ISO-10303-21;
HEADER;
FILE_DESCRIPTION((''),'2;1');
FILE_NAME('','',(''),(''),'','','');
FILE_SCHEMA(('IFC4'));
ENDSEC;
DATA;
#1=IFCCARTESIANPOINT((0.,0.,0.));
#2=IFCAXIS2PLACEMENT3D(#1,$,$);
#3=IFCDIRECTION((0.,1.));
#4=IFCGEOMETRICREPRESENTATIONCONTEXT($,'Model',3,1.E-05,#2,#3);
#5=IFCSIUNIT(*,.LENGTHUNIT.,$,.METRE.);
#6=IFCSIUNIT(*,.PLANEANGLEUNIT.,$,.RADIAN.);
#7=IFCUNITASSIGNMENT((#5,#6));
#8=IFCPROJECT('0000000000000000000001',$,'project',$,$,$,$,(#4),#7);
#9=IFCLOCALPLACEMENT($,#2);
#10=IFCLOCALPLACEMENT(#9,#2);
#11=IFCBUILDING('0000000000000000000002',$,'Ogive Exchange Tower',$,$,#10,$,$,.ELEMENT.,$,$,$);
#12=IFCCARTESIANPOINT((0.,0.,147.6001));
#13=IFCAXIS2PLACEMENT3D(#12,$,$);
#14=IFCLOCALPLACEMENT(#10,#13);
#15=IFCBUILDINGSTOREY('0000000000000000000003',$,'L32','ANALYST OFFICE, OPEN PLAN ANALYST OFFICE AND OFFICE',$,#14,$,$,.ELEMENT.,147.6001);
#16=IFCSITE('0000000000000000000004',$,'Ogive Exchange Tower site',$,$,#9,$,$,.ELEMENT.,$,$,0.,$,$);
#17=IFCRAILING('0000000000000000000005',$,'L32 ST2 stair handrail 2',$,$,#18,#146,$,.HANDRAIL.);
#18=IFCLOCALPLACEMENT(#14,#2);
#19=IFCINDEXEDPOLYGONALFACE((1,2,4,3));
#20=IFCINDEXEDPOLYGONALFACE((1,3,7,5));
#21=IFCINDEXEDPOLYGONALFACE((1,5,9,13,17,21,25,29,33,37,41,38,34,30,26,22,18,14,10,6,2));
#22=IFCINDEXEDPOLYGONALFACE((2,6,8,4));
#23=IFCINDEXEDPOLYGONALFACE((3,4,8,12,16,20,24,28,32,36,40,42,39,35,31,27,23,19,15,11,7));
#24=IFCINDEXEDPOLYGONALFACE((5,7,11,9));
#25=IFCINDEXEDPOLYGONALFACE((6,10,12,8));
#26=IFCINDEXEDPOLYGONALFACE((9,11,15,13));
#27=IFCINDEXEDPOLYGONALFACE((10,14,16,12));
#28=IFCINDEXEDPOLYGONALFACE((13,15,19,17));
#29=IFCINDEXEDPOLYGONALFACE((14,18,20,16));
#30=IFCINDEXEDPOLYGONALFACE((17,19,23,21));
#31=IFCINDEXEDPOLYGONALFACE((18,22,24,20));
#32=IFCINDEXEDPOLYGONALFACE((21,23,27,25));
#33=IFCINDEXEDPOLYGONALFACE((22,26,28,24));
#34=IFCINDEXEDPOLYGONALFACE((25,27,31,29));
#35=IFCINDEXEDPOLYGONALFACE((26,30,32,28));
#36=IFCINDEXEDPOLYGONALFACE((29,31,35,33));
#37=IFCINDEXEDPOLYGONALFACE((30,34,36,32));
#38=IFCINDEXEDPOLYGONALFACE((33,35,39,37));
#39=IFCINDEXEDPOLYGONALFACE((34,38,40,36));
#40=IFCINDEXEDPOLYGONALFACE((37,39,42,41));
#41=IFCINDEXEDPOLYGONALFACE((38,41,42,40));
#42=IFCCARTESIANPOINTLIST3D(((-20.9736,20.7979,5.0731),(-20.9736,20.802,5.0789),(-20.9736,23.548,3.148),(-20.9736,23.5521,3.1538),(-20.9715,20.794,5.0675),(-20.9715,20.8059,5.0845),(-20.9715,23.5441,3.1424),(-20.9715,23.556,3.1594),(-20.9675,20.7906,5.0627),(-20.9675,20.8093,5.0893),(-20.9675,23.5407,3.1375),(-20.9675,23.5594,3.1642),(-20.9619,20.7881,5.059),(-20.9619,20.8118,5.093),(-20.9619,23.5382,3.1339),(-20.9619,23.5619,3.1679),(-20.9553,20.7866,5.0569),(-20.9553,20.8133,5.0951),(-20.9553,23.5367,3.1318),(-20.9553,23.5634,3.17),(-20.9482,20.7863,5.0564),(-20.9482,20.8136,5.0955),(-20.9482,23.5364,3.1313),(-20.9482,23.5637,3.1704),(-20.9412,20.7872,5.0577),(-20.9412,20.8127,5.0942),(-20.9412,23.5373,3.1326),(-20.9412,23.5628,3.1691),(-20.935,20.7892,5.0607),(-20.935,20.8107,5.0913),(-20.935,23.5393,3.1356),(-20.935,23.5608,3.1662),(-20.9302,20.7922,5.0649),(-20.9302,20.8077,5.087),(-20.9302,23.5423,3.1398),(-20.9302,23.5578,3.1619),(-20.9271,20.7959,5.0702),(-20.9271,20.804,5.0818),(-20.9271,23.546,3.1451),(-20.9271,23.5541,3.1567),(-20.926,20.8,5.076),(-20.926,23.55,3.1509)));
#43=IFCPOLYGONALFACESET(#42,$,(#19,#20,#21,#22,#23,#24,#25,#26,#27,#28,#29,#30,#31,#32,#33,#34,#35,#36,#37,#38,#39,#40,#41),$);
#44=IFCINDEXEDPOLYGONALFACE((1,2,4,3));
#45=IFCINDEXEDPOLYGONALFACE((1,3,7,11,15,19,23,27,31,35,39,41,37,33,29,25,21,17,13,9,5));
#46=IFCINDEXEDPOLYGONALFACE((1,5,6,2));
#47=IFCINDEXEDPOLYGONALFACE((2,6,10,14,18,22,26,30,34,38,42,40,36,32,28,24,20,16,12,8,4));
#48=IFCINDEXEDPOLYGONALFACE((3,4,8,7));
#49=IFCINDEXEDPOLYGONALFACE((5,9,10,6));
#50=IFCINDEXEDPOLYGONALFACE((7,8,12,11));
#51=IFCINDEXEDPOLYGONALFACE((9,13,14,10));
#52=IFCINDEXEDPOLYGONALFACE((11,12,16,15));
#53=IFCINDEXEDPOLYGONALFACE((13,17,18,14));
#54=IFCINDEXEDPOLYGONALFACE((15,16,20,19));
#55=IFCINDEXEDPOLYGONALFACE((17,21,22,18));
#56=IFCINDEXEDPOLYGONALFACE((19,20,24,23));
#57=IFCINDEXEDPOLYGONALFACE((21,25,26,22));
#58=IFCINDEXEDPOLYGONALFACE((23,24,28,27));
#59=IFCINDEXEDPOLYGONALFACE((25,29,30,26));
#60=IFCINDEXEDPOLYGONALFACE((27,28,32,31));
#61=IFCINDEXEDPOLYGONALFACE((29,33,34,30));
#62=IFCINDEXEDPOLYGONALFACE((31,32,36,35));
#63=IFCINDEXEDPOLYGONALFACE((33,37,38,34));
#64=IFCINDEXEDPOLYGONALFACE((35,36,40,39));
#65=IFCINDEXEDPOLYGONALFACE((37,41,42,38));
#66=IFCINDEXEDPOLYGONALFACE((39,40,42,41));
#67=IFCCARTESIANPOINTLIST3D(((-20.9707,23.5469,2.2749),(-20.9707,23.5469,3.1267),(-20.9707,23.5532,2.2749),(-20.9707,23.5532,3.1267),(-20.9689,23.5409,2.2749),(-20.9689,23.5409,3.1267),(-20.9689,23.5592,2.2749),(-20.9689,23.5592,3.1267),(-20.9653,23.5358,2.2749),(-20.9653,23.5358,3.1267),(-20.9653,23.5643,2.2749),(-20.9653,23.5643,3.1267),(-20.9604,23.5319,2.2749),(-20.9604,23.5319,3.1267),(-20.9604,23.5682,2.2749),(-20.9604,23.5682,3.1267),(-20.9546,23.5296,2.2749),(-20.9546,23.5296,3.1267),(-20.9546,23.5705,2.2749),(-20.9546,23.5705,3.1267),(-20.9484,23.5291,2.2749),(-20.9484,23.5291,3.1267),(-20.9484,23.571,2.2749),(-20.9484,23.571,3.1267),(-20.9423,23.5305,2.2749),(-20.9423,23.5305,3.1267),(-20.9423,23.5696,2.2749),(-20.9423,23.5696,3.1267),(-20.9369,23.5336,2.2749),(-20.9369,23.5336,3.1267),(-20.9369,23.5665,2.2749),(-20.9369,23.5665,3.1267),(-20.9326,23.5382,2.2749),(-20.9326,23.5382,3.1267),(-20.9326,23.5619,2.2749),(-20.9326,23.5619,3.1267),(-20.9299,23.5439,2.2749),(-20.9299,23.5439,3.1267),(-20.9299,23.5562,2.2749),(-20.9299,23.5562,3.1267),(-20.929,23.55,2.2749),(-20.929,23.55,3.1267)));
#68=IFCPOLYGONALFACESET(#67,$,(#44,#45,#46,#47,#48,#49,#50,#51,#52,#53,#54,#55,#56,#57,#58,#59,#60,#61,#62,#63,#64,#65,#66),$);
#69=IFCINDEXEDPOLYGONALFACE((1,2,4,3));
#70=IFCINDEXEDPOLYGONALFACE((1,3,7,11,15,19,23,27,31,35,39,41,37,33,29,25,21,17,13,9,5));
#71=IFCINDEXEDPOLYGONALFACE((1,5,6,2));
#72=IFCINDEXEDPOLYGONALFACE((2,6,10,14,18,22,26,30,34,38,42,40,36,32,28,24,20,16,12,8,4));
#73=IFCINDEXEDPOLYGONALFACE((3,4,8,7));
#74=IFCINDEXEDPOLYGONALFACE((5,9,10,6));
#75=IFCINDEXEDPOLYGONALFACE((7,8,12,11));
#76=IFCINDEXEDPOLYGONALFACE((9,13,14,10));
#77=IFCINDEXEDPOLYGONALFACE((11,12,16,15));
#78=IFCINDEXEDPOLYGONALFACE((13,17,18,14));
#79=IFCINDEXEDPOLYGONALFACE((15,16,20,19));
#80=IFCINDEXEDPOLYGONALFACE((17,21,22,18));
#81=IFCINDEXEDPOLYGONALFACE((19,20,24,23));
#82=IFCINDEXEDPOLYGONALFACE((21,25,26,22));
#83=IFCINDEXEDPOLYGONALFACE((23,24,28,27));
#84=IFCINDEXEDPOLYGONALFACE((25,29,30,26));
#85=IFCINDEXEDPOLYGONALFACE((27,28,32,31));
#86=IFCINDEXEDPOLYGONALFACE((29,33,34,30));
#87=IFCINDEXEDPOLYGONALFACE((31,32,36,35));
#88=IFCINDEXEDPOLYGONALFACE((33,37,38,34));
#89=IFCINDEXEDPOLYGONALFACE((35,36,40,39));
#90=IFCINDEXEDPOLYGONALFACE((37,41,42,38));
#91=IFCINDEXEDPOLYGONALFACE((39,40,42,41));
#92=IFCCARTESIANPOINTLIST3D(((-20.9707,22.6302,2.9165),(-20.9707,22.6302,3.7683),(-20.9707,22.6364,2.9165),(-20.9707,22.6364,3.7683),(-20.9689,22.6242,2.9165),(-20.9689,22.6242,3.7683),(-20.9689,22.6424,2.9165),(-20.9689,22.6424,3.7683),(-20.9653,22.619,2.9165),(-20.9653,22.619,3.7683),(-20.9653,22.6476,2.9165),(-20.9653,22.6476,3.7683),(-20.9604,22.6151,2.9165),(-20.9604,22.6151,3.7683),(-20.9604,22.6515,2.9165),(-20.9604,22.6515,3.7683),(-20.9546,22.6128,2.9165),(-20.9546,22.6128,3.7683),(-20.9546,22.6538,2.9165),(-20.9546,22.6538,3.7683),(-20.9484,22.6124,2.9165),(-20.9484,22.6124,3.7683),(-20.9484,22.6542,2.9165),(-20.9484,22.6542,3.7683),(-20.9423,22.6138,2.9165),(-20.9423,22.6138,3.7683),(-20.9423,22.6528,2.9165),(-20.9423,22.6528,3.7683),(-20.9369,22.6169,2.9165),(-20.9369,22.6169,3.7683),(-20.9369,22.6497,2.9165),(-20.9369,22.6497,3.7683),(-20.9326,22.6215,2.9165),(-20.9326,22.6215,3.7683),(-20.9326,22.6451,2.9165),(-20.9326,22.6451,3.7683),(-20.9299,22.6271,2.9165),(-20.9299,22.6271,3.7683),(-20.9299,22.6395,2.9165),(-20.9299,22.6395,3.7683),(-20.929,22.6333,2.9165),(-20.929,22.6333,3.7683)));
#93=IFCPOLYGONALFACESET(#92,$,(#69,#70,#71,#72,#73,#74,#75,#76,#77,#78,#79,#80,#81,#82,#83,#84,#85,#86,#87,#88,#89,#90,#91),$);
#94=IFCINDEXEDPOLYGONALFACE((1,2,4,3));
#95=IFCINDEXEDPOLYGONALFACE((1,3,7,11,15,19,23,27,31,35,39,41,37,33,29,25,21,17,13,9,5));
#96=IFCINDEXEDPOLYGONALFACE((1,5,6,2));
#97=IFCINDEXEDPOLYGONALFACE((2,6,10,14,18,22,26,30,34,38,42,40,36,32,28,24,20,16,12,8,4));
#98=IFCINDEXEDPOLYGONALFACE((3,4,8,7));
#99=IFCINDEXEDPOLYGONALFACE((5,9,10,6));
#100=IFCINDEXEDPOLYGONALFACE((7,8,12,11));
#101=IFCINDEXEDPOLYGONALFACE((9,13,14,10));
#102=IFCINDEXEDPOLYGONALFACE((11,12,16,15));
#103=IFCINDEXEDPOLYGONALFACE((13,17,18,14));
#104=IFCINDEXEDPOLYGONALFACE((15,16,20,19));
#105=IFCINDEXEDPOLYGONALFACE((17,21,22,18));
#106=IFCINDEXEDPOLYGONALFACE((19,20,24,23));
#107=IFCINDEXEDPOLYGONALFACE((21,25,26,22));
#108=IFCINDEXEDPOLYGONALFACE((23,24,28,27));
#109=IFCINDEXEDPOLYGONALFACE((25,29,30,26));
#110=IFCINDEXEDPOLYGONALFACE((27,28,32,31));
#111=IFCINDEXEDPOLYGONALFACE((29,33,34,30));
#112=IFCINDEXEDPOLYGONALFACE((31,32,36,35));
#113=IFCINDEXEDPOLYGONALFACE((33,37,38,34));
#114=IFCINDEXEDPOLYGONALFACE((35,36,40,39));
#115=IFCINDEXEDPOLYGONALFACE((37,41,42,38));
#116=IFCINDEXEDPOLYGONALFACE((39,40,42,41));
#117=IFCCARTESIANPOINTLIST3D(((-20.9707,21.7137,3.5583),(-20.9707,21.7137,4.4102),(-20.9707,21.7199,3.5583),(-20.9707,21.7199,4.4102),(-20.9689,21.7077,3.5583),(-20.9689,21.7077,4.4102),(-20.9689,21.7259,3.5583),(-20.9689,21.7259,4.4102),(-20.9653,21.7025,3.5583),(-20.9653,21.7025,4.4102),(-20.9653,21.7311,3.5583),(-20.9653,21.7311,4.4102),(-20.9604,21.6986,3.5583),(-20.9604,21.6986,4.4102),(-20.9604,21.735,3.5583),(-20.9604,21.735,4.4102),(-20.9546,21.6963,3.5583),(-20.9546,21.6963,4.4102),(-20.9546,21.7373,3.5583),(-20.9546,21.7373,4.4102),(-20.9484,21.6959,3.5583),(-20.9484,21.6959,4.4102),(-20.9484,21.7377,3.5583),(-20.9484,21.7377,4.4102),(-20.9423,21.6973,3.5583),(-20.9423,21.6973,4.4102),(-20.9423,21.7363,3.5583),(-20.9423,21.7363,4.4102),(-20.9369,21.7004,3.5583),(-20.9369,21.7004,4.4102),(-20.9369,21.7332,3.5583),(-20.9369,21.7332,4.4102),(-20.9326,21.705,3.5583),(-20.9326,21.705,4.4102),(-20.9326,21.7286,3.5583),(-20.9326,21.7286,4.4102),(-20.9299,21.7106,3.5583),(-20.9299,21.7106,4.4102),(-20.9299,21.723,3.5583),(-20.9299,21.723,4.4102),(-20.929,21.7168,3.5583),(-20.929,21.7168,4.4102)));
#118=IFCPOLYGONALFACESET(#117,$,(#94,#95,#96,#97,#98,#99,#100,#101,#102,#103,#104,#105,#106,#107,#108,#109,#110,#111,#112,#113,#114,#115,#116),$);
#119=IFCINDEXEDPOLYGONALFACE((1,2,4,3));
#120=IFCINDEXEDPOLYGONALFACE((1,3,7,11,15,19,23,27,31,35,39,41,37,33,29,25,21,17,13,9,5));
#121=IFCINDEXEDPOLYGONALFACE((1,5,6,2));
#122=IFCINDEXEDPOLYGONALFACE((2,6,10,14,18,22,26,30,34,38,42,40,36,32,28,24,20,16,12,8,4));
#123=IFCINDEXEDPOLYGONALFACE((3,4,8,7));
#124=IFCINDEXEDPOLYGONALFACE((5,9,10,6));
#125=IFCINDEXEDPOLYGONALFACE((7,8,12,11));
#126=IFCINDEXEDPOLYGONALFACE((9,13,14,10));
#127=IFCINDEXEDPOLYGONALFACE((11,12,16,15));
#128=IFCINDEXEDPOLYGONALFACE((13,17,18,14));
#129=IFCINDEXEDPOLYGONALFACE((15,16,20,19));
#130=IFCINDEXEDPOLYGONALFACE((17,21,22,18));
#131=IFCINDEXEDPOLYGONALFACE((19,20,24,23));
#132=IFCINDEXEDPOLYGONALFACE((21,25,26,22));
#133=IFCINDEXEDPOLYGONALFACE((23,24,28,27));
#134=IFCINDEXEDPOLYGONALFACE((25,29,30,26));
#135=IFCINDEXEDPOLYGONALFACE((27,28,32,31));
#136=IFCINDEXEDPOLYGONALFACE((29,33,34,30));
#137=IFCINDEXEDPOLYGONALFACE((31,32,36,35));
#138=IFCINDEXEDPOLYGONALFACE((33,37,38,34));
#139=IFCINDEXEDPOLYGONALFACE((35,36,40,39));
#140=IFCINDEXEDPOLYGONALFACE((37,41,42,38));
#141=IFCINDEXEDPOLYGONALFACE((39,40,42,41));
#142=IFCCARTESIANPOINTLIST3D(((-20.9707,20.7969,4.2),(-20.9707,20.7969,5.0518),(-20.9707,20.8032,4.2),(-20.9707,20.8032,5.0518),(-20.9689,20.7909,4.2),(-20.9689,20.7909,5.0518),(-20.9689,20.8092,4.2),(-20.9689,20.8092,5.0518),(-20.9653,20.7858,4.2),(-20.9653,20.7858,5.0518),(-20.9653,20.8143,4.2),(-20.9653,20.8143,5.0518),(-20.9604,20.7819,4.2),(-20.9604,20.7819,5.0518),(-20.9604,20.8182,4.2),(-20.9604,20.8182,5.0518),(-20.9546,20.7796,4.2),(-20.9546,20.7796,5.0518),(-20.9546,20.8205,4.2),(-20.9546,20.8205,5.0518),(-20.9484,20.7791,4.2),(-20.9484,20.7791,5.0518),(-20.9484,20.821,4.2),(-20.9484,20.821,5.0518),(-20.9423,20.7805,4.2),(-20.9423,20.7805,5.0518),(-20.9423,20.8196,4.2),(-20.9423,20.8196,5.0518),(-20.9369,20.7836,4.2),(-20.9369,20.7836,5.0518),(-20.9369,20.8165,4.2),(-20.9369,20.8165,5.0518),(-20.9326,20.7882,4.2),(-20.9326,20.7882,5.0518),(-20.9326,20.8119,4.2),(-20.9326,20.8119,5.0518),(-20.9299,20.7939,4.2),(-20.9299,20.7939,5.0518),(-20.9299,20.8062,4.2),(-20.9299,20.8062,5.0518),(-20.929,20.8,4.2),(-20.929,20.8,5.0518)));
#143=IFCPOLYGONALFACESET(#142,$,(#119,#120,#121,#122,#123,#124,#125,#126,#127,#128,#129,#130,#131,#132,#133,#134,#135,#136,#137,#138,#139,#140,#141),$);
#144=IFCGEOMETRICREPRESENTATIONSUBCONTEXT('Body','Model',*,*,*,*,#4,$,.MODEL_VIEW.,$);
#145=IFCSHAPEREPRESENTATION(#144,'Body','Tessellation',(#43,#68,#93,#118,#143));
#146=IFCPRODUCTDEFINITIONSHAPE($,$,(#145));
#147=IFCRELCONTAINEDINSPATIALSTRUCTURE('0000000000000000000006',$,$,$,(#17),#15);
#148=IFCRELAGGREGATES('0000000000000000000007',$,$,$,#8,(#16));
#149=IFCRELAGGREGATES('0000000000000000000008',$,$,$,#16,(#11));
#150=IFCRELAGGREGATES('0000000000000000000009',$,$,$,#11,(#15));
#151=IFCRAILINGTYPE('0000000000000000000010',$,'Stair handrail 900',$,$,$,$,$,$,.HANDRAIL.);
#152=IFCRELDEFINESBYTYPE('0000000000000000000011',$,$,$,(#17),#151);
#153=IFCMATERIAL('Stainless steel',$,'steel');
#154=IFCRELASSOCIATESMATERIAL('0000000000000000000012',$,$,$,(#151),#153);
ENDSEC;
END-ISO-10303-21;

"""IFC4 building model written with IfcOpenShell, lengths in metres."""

from ifc_helpers import new_model, si_unit, direction, frame, origin, origin_2d, place, context, subcontext, project, spatial, circle, extrude, material, type_object, element, save


model = new_model("IFC4")

# Units and contexts
model_context = context("Model", 3, precision=1e-05, world=origin(), true_north=direction((0.0, 1.0)))
body_context = subcontext(model_context, "Body", "Model", "MODEL_VIEW")
ifc_project = project(units=[si_unit("LENGTHUNIT", "METRE"), si_unit("PLANEANGLEUNIT", "RADIAN")], contexts=[model_context])

# Site, building, storey
site_placement = place(None, origin())
site = spatial("IfcSite", under=ifc_project, at=site_placement, Name="Ogive Exchange Tower site", CompositionType="ELEMENT", RefElevation=0.0)
building_placement = place(site_placement, origin())
building = spatial("IfcBuilding", under=site, at=building_placement, Name="Ogive Exchange Tower", CompositionType="ELEMENT")
storey_placement = place(building_placement, frame((0.0, 0.0, 147.6001)))
storey = spatial("IfcBuildingStorey", under=building, at=storey_placement, Name="L32", Description="ANALYST OFFICE, OPEN PLAN ANALYST OFFICE AND OFFICE", CompositionType="ELEMENT", Elevation=147.6001)

# Railing
ifc_material_1 = material(Name="Stainless steel", Category="steel")
railing_type = type_object("IfcRailingType", Name="Stair handrail 900", PredefinedType="HANDRAIL", material=ifc_material_1)
railing_placement = place(storey_placement, frame((-20.95, 23.55, 2.2749)))
element("IfcRailing", 1, at=railing_placement, inside=storey, type_object=railing_type, Name="L32 ST2 stair handrail 2", PredefinedType="HANDRAIL", context=body_context, shape_type="SweptSolid", body=[
    extrude(circle(Radius=0.0239, at=origin_2d()), frame((0.0, 0.0, 0.876), z_axis=(0.0, -0.819225, 0.573472), x_axis=(1.0, 0.0, 0.0)), (0.0, 0.0, 1.0), 3.3569),
    extrude(circle(Radius=0.021, at=origin_2d()), origin(), (0.0, 0.0, 1.0), 0.8518),
    extrude(circle(Radius=0.021, at=origin_2d()), frame((0.0, -0.9167, 0.6416)), (0.0, 0.0, 1.0), 0.8518),
    extrude(circle(Radius=0.021, at=origin_2d()), frame((0.0, -1.8333, 1.2834)), (0.0, 0.0, 1.0), 0.8518),
    extrude(circle(Radius=0.021, at=origin_2d()), frame((0.0, -2.75, 1.925)), (0.0, 0.0, 1.0), 0.8518),
])

save(model, "model.ifc")
